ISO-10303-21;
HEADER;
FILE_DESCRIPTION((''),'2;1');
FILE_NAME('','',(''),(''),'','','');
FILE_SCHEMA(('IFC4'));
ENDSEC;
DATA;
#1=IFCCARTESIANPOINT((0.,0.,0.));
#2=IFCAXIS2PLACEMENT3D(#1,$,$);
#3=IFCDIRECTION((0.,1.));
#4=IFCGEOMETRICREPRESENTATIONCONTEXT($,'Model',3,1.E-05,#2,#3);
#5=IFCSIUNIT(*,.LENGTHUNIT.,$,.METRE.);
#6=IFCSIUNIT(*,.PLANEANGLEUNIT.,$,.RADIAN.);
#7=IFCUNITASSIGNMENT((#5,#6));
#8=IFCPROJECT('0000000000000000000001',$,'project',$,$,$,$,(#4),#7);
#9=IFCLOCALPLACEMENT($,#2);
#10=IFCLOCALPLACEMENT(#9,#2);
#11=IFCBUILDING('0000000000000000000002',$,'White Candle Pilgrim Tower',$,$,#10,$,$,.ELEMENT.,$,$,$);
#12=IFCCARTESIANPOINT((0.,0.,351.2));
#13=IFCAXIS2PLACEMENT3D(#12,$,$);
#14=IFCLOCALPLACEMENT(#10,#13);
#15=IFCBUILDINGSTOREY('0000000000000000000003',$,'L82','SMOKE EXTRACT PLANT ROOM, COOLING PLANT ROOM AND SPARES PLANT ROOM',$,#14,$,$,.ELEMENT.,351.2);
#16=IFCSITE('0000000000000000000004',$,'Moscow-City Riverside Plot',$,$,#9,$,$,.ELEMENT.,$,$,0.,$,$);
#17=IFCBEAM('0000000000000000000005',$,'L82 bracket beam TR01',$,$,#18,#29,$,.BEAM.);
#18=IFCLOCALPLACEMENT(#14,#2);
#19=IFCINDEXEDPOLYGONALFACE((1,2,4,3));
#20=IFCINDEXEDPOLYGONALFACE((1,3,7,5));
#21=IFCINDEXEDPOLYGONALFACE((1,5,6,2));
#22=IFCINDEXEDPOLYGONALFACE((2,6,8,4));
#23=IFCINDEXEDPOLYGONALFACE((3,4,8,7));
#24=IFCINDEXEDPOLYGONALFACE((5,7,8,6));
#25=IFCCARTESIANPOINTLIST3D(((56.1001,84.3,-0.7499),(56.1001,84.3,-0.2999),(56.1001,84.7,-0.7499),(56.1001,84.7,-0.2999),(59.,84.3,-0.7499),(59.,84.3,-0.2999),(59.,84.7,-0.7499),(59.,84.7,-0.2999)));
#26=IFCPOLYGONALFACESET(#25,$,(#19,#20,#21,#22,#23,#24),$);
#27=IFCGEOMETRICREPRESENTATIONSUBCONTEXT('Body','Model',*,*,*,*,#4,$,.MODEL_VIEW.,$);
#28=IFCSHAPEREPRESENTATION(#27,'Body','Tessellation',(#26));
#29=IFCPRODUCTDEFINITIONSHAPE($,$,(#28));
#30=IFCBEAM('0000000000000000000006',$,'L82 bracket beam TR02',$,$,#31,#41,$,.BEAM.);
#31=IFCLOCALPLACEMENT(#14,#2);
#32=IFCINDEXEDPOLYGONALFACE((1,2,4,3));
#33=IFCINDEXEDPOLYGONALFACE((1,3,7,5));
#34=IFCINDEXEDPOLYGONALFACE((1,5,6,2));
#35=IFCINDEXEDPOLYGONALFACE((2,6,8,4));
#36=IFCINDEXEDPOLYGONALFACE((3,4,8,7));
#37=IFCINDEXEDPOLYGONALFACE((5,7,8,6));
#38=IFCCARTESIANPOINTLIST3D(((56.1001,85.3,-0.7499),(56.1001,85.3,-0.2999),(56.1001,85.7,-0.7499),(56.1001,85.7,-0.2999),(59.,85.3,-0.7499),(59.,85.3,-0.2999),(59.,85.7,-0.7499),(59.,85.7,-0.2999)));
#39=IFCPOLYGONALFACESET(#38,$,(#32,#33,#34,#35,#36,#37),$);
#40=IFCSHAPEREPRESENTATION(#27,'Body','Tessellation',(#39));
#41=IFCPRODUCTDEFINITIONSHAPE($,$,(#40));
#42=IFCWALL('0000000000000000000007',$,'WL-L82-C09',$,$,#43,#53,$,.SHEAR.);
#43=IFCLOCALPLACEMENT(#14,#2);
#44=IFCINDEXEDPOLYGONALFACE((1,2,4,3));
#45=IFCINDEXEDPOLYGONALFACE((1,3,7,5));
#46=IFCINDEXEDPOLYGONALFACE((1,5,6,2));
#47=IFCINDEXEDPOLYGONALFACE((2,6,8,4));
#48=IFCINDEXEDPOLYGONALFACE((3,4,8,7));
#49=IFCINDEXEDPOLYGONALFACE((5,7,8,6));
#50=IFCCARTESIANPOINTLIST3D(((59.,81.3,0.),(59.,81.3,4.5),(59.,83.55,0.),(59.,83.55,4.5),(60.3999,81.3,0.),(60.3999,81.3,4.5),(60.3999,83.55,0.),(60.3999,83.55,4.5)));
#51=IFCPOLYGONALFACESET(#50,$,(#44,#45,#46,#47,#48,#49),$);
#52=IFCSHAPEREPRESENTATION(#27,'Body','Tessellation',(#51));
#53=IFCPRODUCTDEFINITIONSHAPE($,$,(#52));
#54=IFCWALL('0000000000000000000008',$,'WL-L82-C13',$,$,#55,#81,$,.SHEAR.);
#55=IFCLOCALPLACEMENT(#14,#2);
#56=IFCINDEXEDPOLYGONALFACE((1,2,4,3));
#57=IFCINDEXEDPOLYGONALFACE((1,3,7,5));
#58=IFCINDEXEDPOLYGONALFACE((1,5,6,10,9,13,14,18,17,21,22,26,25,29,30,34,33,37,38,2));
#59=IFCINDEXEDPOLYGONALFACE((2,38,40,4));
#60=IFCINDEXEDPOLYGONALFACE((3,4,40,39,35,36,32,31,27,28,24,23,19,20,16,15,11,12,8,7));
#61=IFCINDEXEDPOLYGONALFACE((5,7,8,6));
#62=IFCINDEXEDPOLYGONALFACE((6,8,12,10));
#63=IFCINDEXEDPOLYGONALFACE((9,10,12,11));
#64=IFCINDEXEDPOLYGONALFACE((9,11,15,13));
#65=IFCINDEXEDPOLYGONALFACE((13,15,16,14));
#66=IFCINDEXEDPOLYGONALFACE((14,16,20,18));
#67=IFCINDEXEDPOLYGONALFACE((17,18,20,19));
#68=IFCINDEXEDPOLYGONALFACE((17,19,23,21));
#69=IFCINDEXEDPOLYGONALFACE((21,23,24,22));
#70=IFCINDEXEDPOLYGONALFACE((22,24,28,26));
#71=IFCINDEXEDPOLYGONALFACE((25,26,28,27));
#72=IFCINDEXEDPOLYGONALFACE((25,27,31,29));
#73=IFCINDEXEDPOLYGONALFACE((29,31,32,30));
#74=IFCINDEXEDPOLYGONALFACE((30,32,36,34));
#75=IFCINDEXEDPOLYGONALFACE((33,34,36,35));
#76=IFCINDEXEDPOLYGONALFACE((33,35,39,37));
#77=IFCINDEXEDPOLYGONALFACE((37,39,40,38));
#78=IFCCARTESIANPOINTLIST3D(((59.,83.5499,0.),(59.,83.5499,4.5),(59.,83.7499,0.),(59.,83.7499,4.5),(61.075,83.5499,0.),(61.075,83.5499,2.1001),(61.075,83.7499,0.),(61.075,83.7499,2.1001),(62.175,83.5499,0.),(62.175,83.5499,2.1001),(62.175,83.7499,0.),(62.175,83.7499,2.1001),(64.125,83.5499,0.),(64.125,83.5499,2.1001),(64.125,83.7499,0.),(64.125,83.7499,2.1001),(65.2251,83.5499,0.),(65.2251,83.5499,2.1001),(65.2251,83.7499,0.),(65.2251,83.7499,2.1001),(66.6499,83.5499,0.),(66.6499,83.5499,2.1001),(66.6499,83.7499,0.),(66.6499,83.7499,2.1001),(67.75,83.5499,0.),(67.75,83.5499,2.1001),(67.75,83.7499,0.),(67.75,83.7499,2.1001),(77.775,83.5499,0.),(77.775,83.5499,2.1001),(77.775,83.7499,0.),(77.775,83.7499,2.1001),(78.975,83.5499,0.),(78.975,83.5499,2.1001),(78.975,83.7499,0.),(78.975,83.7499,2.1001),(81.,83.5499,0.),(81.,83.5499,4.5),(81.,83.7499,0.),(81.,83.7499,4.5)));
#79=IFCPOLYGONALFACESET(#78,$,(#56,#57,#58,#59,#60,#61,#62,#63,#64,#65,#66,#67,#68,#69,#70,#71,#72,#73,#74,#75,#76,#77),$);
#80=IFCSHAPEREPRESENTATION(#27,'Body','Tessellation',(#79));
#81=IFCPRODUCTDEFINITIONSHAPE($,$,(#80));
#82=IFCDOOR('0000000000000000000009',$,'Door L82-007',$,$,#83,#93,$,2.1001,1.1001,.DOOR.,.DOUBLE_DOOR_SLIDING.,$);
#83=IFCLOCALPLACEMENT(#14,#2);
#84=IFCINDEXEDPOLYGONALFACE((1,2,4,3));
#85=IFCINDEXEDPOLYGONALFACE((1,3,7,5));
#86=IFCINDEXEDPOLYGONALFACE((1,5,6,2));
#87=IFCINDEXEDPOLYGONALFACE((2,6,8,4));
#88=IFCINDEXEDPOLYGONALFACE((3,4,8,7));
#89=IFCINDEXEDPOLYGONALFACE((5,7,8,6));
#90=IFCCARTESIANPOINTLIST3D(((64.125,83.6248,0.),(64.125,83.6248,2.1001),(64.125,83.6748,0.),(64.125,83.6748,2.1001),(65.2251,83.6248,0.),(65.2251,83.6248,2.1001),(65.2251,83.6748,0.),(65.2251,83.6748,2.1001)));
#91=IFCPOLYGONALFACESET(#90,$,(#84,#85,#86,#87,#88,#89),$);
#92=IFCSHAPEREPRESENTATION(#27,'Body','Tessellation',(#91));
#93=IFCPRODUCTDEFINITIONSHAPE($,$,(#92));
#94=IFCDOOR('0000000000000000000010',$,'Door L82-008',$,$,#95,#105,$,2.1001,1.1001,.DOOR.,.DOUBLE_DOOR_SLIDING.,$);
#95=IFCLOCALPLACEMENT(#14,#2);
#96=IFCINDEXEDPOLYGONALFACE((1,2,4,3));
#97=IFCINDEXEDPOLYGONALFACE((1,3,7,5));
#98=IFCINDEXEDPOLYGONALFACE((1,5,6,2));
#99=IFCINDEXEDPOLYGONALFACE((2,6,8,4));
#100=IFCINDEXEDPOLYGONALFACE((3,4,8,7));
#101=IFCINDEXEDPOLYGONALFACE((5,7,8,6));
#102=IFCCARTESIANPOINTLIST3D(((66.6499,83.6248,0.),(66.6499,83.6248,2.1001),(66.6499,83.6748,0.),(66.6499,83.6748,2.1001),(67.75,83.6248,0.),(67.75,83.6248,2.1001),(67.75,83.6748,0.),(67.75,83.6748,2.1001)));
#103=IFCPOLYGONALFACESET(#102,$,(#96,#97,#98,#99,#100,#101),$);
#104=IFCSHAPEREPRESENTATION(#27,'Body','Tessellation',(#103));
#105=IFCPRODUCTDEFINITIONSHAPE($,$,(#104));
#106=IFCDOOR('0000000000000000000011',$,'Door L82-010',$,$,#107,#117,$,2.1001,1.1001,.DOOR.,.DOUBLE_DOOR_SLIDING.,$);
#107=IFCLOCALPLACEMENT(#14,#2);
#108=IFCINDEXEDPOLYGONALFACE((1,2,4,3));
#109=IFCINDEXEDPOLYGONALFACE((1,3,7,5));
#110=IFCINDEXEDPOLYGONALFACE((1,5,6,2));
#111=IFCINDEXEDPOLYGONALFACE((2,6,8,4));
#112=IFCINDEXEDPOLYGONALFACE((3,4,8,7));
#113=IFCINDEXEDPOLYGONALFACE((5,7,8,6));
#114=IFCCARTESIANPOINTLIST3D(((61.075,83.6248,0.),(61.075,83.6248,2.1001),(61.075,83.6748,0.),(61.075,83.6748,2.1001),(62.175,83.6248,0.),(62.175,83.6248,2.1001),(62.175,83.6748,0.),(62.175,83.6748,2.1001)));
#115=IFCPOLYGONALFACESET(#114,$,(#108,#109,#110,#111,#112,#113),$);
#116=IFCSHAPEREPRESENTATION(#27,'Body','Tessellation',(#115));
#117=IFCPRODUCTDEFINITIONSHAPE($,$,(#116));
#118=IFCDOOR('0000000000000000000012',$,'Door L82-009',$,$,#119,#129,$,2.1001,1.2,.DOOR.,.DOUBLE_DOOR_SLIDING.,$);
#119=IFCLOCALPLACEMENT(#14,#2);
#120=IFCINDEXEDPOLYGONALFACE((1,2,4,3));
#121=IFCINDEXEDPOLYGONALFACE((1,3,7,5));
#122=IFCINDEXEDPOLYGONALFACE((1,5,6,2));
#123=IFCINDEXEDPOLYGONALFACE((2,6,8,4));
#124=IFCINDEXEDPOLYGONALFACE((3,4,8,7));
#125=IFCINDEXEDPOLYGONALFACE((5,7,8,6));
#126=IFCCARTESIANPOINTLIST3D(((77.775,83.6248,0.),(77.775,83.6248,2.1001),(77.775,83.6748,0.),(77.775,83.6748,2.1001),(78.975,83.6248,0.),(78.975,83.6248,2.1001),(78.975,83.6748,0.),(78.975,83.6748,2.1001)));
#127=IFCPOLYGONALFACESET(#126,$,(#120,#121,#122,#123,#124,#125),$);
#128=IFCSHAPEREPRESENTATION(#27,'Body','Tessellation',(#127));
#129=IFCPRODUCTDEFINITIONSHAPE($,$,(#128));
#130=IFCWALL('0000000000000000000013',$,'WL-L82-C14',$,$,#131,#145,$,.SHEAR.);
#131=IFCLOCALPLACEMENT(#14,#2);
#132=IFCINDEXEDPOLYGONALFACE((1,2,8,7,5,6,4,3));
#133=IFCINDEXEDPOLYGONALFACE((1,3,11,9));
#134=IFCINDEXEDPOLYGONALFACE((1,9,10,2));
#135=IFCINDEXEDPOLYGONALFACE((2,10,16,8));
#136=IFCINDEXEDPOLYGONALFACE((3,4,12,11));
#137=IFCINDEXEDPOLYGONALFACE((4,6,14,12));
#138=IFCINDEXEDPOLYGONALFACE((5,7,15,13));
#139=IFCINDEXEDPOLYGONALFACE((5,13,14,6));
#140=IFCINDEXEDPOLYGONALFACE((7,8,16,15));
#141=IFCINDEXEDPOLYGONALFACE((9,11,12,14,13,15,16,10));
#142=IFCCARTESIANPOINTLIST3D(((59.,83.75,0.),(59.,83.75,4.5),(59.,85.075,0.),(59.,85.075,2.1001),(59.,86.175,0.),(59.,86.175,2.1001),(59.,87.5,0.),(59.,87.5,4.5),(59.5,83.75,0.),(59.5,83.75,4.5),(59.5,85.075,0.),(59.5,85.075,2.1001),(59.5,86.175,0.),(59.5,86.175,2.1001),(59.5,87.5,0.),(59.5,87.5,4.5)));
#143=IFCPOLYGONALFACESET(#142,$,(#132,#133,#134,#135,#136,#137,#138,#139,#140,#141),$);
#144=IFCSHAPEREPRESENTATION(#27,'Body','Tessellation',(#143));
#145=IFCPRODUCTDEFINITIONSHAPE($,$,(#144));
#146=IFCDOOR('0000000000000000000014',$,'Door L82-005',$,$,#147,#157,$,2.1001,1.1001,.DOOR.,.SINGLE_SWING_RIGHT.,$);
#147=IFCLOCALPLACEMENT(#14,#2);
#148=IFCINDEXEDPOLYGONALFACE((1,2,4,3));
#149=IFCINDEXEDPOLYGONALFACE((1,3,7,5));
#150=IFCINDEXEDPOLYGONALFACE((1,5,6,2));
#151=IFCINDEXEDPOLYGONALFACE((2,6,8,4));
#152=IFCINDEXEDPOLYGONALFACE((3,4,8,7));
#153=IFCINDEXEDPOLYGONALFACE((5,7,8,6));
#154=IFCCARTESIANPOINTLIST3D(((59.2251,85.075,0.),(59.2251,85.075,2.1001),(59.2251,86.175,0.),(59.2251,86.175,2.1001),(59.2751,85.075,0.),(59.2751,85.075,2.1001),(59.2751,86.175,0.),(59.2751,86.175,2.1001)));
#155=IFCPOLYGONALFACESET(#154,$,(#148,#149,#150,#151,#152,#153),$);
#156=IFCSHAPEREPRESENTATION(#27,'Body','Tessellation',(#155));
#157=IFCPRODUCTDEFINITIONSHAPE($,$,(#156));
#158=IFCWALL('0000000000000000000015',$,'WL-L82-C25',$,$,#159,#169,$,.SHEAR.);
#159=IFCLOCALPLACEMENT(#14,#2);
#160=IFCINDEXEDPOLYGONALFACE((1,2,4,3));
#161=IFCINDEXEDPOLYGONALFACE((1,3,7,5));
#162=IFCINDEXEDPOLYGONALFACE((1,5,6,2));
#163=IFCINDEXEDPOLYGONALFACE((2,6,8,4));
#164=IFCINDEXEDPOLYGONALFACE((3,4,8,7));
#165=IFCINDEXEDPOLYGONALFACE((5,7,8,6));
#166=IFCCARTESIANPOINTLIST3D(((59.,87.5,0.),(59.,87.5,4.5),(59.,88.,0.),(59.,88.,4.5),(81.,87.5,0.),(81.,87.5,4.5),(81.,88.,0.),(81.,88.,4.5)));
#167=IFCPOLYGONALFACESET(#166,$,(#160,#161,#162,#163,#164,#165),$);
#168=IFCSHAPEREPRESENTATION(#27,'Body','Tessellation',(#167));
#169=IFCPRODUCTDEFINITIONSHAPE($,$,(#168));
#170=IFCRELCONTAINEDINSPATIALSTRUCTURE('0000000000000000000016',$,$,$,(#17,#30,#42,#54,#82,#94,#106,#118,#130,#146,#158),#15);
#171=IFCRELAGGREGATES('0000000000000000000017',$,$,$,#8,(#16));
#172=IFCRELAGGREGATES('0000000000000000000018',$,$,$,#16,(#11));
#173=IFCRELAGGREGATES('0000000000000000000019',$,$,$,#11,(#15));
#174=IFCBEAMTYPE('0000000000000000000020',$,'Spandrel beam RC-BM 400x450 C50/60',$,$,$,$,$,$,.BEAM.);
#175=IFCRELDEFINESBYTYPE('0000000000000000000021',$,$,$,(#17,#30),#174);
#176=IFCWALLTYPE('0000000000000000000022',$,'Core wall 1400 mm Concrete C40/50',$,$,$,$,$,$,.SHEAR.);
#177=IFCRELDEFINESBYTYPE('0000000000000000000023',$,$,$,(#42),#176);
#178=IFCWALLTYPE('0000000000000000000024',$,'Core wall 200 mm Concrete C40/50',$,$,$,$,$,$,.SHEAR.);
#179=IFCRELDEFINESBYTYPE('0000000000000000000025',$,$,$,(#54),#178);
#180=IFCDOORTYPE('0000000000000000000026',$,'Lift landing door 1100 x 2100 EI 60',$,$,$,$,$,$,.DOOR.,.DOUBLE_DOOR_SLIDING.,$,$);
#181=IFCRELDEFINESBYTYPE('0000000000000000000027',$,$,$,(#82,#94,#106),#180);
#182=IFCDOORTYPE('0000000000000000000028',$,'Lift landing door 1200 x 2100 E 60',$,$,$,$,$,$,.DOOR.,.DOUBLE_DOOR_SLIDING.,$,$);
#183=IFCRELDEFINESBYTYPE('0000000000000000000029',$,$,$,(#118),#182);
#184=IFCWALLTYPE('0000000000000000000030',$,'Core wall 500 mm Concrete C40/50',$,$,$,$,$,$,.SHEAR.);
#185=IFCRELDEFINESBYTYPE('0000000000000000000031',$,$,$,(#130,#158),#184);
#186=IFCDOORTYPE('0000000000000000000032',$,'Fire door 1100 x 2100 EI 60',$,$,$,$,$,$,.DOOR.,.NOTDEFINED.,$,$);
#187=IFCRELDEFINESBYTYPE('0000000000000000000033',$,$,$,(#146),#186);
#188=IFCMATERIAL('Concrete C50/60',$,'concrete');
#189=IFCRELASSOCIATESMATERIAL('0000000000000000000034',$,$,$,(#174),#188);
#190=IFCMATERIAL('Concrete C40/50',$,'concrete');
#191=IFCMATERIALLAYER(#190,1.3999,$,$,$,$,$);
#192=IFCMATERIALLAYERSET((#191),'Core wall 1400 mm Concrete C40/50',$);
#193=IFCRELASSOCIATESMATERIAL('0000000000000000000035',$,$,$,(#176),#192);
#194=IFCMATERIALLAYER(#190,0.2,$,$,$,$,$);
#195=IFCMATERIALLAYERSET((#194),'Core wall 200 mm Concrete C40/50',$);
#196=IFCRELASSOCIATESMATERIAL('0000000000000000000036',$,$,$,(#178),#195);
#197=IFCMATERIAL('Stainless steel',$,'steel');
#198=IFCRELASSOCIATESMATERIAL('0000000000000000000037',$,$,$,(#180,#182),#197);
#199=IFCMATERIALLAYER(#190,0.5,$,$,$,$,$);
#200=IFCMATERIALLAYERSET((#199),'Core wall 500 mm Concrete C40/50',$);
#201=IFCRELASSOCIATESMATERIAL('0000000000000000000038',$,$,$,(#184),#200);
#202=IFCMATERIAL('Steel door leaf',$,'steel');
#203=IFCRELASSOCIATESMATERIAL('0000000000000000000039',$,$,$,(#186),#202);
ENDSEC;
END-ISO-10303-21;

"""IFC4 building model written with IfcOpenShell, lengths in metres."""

from ifc_helpers import new_model, si_unit, direction, frame, frame_2d, origin, origin_2d, place, context, subcontext, project, spatial, rectangle, extrude, material, layer, layer_set, material_profile, profile_set, type_object, element, fill, save


model = new_model("IFC4")

# Units and contexts
model_context = context("Model", 3, precision=1e-05, world=origin(), true_north=direction((0.0, 1.0)))
body_context = subcontext(model_context, "Body", "Model", "MODEL_VIEW")
ifc_project = project(units=[si_unit("LENGTHUNIT", "METRE"), si_unit("PLANEANGLEUNIT", "RADIAN")], contexts=[model_context])

# Site, building, storey
site_placement = place(None, origin())
site = spatial("IfcSite", under=ifc_project, at=site_placement, Name="Moscow-City Riverside Plot", CompositionType="ELEMENT", RefElevation=0.0)
building_placement = place(site_placement, origin())
building = spatial("IfcBuilding", under=site, at=building_placement, Name="White Candle Pilgrim Tower", CompositionType="ELEMENT")
storey_placement = place(building_placement, frame((0.0, 0.0, 351.2)))
storey = spatial("IfcBuildingStorey", under=building, at=storey_placement, Name="L82", Description="SMOKE EXTRACT PLANT ROOM, COOLING PLANT ROOM AND SPARES PLANT ROOM", CompositionType="ELEMENT", Elevation=351.2)

# Beams
ifc_material_1 = material(Name="Concrete C50/60", Category="concrete")
ifc_material_profile = material_profile(ifc_material_1, rectangle(XDim=0.3999, YDim=0.45, at=origin_2d()), Name="RC-BM 400x450")
ifc_profile_set = profile_set([ifc_material_profile], Name="Concrete C50/60")
beam_type = type_object("IfcBeamType", Name="Spandrel beam RC-BM 400x450 C50/60", PredefinedType="BEAM", material=ifc_profile_set)
for number, where, z_axis, x_axis, name in (
    (1, (59.0, 84.5, -0.5249), (-1.0, 0.0, 0.0), (0.0, -1.0, 0.0), "L82 bracket beam TR01"),
    (2, (59.0, 85.5, -0.5249), (-1.0, 0.0, 0.0), (0.0, -1.0, 0.0), "L82 bracket beam TR02"),
):
    element("IfcBeam", number, at=place(storey_placement, frame(where, z_axis=z_axis, x_axis=x_axis)), inside=storey, type_object=beam_type, Name=name, PredefinedType="BEAM", context=body_context, shape_type="SweptSolid", body=[
        extrude(rectangle(XDim=0.3999, YDim=0.45, at=origin_2d()), origin(), (0.0, 0.0, 1.0), 2.8999),
    ])

# Wall
ifc_material_2 = material(Name="Concrete C40/50", Category="concrete")
ifc_layer_1 = layer(ifc_material_2, 1.3999)
ifc_layer_set_1 = layer_set([ifc_layer_1], Name="Core wall 1400 mm Concrete C40/50")
wall_type_1 = type_object("IfcWallType", Name="Core wall 1400 mm Concrete C40/50", PredefinedType="SHEAR", material=ifc_layer_set_1)
wall_1_placement = place(storey_placement, frame((59.7, 81.3, 0.0), z_axis=(0.0, 0.0, 1.0), x_axis=(0.0, 1.0, 0.0)))
element("IfcWall", 3, at=wall_1_placement, inside=storey, type_object=wall_type_1, Name="WL-L82-C09", PredefinedType="SHEAR", context=body_context, shape_type="SweptSolid", body=[
    extrude(rectangle(XDim=2.25, YDim=1.3999, at=frame_2d((1.125, 0.0))), origin(), (0.0, 0.0, 1.0), 4.5),
])

# Wall, openings, doors
ifc_layer_2 = layer(ifc_material_2, 0.2)
ifc_layer_set_2 = layer_set([ifc_layer_2], Name="Core wall 200 mm Concrete C40/50")
wall_type_2 = type_object("IfcWallType", Name="Core wall 200 mm Concrete C40/50", PredefinedType="SHEAR", material=ifc_layer_set_2)
wall_2_placement = place(storey_placement, frame((59.0, 83.6499, 0.0), z_axis=(0.0, 0.0, 1.0), x_axis=(1.0, 0.0, 0.0)))
wall_2 = element("IfcWall", 4, at=wall_2_placement, inside=storey, type_object=wall_type_2, Name="WL-L82-C13", PredefinedType="SHEAR", context=body_context, shape_type="SweptSolid", body=[
    extrude(rectangle(XDim=22.0, YDim=0.2, at=frame_2d((11.0, 0.0))), origin(), (0.0, 0.0, 1.0), 4.5),
])
opening_1_placement = place(wall_2_placement, frame((5.125, 0.0, 0.0)))
opening_1 = element("IfcOpeningElement", 5, at=opening_1_placement, cuts=wall_2, PredefinedType="OPENING", context=body_context, shape_type="SweptSolid", body=[
    extrude(rectangle(XDim=1.1001, YDim=2.1001, at=frame_2d((0.55, 1.05))), frame((0.0, 0.1099, 0.0), z_axis=(0.0, -1.0, 0.0), x_axis=(1.0, 0.0, 0.0)), (0.0, 0.0, 1.0), 0.22),
])
opening_2_placement = place(wall_2_placement, frame((7.6499, 0.0, 0.0)))
opening_2 = element("IfcOpeningElement", 6, at=opening_2_placement, cuts=wall_2, PredefinedType="OPENING", context=body_context, shape_type="SweptSolid", body=[
    extrude(rectangle(XDim=1.1001, YDim=2.1001, at=frame_2d((0.55, 1.05))), frame((0.0, 0.1099, 0.0), z_axis=(0.0, -1.0, 0.0), x_axis=(1.0, 0.0, 0.0)), (0.0, 0.0, 1.0), 0.22),
])
opening_3_placement = place(wall_2_placement, frame((18.7749, 0.0, 0.0)))
opening_3 = element("IfcOpeningElement", 7, at=opening_3_placement, cuts=wall_2, PredefinedType="OPENING", context=body_context, shape_type="SweptSolid", body=[
    extrude(rectangle(XDim=1.2, YDim=2.1001, at=frame_2d((0.6001, 1.05))), frame((0.0, 0.1099, 0.0), z_axis=(0.0, -1.0, 0.0), x_axis=(1.0, 0.0, 0.0)), (0.0, 0.0, 1.0), 0.22),
])
opening_4_placement = place(wall_2_placement, frame((2.075, 0.0, 0.0)))
opening_4 = element("IfcOpeningElement", 8, at=opening_4_placement, cuts=wall_2, PredefinedType="OPENING", context=body_context, shape_type="SweptSolid", body=[
    extrude(rectangle(XDim=1.1001, YDim=2.1001, at=frame_2d((0.55, 1.05))), frame((0.0, 0.1099, 0.0), z_axis=(0.0, -1.0, 0.0), x_axis=(1.0, 0.0, 0.0)), (0.0, 0.0, 1.0), 0.22),
])
ifc_material_3 = material(Name="Stainless steel", Category="steel")
door_type_1 = type_object("IfcDoorType", Name="Lift landing door 1100 x 2100 EI 60", OperationType="DOUBLE_DOOR_SLIDING", PredefinedType="DOOR", material=ifc_material_3)
door_1_placement = place(opening_1_placement, origin())
door_1 = element("IfcDoor", 9, at=door_1_placement, inside=storey, type_object=door_type_1, Name="Door L82-007", OperationType="DOUBLE_DOOR_SLIDING", OverallHeight=2.1001, OverallWidth=1.1001, PredefinedType="DOOR", context=body_context, shape_type="SweptSolid", body=[
    extrude(rectangle(XDim=1.1001, YDim=2.1001, at=frame_2d((0.55, 1.05))), frame((0.0, 0.0249, 0.0), z_axis=(0.0, -1.0, 0.0), x_axis=(1.0, 0.0, 0.0)), (0.0, 0.0, 1.0), 0.05),
])
fill(opening_1, door_1)
door_2_placement = place(opening_2_placement, origin())
door_2 = element("IfcDoor", 10, at=door_2_placement, inside=storey, type_object=door_type_1, Name="Door L82-008", OperationType="DOUBLE_DOOR_SLIDING", OverallHeight=2.1001, OverallWidth=1.1001, PredefinedType="DOOR", context=body_context, shape_type="SweptSolid", body=[
    extrude(rectangle(XDim=1.1001, YDim=2.1001, at=frame_2d((0.55, 1.05))), frame((0.0, 0.0249, 0.0), z_axis=(0.0, -1.0, 0.0), x_axis=(1.0, 0.0, 0.0)), (0.0, 0.0, 1.0), 0.05),
])
fill(opening_2, door_2)
door_3_placement = place(opening_4_placement, origin())
door_3 = element("IfcDoor", 11, at=door_3_placement, inside=storey, type_object=door_type_1, Name="Door L82-010", OperationType="DOUBLE_DOOR_SLIDING", OverallHeight=2.1001, OverallWidth=1.1001, PredefinedType="DOOR", context=body_context, shape_type="SweptSolid", body=[
    extrude(rectangle(XDim=1.1001, YDim=2.1001, at=frame_2d((0.55, 1.05))), frame((0.0, 0.0249, 0.0), z_axis=(0.0, -1.0, 0.0), x_axis=(1.0, 0.0, 0.0)), (0.0, 0.0, 1.0), 0.05),
])
fill(opening_4, door_3)
door_type_2 = type_object("IfcDoorType", Name="Lift landing door 1200 x 2100 E 60", OperationType="DOUBLE_DOOR_SLIDING", PredefinedType="DOOR", material=ifc_material_3)
door_4_placement = place(opening_3_placement, origin())
door_4 = element("IfcDoor", 12, at=door_4_placement, inside=storey, type_object=door_type_2, Name="Door L82-009", OperationType="DOUBLE_DOOR_SLIDING", OverallHeight=2.1001, OverallWidth=1.2, PredefinedType="DOOR", context=body_context, shape_type="SweptSolid", body=[
    extrude(rectangle(XDim=1.2, YDim=2.1001, at=frame_2d((0.6001, 1.05))), frame((0.0, 0.0249, 0.0), z_axis=(0.0, -1.0, 0.0), x_axis=(1.0, 0.0, 0.0)), (0.0, 0.0, 1.0), 0.05),
])
fill(opening_3, door_4)

# Wall, opening, door
ifc_layer_3 = layer(ifc_material_2, 0.5)
ifc_layer_set_3 = layer_set([ifc_layer_3], Name="Core wall 500 mm Concrete C40/50")
wall_type_3 = type_object("IfcWallType", Name="Core wall 500 mm Concrete C40/50", PredefinedType="SHEAR", material=ifc_layer_set_3)
wall_3_placement = place(storey_placement, frame((59.25, 83.75, 0.0), z_axis=(0.0, 0.0, 1.0), x_axis=(0.0, 1.0, 0.0)))
wall_3 = element("IfcWall", 13, at=wall_3_placement, inside=storey, type_object=wall_type_3, Name="WL-L82-C14", PredefinedType="SHEAR", context=body_context, shape_type="SweptSolid", body=[
    extrude(rectangle(XDim=3.75, YDim=0.5, at=frame_2d((1.875, 0.0))), origin(), (0.0, 0.0, 1.0), 4.5),
])
opening_5_placement = place(wall_3_placement, frame((1.325, 0.0, 0.0)))
opening_5 = element("IfcOpeningElement", 14, at=opening_5_placement, cuts=wall_3, PredefinedType="OPENING", context=body_context, shape_type="SweptSolid", body=[
    extrude(rectangle(XDim=1.1001, YDim=2.1001, at=frame_2d((0.55, 1.05))), frame((0.0, 0.26, 0.0), z_axis=(0.0, -1.0, 0.0), x_axis=(1.0, 0.0, 0.0)), (0.0, 0.0, 1.0), 0.52),
])
ifc_material_4 = material(Name="Steel door leaf", Category="steel")
door_type_3 = type_object("IfcDoorType", Name="Fire door 1100 x 2100 EI 60", OperationType="NOTDEFINED", PredefinedType="DOOR", material=ifc_material_4)
door_5_placement = place(opening_5_placement, origin())
door_5 = element("IfcDoor", 15, at=door_5_placement, inside=storey, type_object=door_type_3, Name="Door L82-005", OperationType="SINGLE_SWING_RIGHT", OverallHeight=2.1001, OverallWidth=1.1001, PredefinedType="DOOR", context=body_context, shape_type="SweptSolid", body=[
    extrude(rectangle(XDim=1.1001, YDim=2.1001, at=frame_2d((0.55, 1.05))), frame((0.0, 0.0249, 0.0), z_axis=(0.0, -1.0, 0.0), x_axis=(1.0, 0.0, 0.0)), (0.0, 0.0, 1.0), 0.05),
])
fill(opening_5, door_5)

# Wall
wall_4_placement = place(storey_placement, frame((59.0, 87.75, 0.0), z_axis=(0.0, 0.0, 1.0), x_axis=(1.0, 0.0, 0.0)))
element("IfcWall", 16, at=wall_4_placement, inside=storey, type_object=wall_type_3, Name="WL-L82-C25", PredefinedType="SHEAR", context=body_context, shape_type="SweptSolid", body=[
    extrude(rectangle(XDim=22.0, YDim=0.5, at=frame_2d((11.0, 0.0))), origin(), (0.0, 0.0, 1.0), 4.5),
])

save(model, "model.ifc")
